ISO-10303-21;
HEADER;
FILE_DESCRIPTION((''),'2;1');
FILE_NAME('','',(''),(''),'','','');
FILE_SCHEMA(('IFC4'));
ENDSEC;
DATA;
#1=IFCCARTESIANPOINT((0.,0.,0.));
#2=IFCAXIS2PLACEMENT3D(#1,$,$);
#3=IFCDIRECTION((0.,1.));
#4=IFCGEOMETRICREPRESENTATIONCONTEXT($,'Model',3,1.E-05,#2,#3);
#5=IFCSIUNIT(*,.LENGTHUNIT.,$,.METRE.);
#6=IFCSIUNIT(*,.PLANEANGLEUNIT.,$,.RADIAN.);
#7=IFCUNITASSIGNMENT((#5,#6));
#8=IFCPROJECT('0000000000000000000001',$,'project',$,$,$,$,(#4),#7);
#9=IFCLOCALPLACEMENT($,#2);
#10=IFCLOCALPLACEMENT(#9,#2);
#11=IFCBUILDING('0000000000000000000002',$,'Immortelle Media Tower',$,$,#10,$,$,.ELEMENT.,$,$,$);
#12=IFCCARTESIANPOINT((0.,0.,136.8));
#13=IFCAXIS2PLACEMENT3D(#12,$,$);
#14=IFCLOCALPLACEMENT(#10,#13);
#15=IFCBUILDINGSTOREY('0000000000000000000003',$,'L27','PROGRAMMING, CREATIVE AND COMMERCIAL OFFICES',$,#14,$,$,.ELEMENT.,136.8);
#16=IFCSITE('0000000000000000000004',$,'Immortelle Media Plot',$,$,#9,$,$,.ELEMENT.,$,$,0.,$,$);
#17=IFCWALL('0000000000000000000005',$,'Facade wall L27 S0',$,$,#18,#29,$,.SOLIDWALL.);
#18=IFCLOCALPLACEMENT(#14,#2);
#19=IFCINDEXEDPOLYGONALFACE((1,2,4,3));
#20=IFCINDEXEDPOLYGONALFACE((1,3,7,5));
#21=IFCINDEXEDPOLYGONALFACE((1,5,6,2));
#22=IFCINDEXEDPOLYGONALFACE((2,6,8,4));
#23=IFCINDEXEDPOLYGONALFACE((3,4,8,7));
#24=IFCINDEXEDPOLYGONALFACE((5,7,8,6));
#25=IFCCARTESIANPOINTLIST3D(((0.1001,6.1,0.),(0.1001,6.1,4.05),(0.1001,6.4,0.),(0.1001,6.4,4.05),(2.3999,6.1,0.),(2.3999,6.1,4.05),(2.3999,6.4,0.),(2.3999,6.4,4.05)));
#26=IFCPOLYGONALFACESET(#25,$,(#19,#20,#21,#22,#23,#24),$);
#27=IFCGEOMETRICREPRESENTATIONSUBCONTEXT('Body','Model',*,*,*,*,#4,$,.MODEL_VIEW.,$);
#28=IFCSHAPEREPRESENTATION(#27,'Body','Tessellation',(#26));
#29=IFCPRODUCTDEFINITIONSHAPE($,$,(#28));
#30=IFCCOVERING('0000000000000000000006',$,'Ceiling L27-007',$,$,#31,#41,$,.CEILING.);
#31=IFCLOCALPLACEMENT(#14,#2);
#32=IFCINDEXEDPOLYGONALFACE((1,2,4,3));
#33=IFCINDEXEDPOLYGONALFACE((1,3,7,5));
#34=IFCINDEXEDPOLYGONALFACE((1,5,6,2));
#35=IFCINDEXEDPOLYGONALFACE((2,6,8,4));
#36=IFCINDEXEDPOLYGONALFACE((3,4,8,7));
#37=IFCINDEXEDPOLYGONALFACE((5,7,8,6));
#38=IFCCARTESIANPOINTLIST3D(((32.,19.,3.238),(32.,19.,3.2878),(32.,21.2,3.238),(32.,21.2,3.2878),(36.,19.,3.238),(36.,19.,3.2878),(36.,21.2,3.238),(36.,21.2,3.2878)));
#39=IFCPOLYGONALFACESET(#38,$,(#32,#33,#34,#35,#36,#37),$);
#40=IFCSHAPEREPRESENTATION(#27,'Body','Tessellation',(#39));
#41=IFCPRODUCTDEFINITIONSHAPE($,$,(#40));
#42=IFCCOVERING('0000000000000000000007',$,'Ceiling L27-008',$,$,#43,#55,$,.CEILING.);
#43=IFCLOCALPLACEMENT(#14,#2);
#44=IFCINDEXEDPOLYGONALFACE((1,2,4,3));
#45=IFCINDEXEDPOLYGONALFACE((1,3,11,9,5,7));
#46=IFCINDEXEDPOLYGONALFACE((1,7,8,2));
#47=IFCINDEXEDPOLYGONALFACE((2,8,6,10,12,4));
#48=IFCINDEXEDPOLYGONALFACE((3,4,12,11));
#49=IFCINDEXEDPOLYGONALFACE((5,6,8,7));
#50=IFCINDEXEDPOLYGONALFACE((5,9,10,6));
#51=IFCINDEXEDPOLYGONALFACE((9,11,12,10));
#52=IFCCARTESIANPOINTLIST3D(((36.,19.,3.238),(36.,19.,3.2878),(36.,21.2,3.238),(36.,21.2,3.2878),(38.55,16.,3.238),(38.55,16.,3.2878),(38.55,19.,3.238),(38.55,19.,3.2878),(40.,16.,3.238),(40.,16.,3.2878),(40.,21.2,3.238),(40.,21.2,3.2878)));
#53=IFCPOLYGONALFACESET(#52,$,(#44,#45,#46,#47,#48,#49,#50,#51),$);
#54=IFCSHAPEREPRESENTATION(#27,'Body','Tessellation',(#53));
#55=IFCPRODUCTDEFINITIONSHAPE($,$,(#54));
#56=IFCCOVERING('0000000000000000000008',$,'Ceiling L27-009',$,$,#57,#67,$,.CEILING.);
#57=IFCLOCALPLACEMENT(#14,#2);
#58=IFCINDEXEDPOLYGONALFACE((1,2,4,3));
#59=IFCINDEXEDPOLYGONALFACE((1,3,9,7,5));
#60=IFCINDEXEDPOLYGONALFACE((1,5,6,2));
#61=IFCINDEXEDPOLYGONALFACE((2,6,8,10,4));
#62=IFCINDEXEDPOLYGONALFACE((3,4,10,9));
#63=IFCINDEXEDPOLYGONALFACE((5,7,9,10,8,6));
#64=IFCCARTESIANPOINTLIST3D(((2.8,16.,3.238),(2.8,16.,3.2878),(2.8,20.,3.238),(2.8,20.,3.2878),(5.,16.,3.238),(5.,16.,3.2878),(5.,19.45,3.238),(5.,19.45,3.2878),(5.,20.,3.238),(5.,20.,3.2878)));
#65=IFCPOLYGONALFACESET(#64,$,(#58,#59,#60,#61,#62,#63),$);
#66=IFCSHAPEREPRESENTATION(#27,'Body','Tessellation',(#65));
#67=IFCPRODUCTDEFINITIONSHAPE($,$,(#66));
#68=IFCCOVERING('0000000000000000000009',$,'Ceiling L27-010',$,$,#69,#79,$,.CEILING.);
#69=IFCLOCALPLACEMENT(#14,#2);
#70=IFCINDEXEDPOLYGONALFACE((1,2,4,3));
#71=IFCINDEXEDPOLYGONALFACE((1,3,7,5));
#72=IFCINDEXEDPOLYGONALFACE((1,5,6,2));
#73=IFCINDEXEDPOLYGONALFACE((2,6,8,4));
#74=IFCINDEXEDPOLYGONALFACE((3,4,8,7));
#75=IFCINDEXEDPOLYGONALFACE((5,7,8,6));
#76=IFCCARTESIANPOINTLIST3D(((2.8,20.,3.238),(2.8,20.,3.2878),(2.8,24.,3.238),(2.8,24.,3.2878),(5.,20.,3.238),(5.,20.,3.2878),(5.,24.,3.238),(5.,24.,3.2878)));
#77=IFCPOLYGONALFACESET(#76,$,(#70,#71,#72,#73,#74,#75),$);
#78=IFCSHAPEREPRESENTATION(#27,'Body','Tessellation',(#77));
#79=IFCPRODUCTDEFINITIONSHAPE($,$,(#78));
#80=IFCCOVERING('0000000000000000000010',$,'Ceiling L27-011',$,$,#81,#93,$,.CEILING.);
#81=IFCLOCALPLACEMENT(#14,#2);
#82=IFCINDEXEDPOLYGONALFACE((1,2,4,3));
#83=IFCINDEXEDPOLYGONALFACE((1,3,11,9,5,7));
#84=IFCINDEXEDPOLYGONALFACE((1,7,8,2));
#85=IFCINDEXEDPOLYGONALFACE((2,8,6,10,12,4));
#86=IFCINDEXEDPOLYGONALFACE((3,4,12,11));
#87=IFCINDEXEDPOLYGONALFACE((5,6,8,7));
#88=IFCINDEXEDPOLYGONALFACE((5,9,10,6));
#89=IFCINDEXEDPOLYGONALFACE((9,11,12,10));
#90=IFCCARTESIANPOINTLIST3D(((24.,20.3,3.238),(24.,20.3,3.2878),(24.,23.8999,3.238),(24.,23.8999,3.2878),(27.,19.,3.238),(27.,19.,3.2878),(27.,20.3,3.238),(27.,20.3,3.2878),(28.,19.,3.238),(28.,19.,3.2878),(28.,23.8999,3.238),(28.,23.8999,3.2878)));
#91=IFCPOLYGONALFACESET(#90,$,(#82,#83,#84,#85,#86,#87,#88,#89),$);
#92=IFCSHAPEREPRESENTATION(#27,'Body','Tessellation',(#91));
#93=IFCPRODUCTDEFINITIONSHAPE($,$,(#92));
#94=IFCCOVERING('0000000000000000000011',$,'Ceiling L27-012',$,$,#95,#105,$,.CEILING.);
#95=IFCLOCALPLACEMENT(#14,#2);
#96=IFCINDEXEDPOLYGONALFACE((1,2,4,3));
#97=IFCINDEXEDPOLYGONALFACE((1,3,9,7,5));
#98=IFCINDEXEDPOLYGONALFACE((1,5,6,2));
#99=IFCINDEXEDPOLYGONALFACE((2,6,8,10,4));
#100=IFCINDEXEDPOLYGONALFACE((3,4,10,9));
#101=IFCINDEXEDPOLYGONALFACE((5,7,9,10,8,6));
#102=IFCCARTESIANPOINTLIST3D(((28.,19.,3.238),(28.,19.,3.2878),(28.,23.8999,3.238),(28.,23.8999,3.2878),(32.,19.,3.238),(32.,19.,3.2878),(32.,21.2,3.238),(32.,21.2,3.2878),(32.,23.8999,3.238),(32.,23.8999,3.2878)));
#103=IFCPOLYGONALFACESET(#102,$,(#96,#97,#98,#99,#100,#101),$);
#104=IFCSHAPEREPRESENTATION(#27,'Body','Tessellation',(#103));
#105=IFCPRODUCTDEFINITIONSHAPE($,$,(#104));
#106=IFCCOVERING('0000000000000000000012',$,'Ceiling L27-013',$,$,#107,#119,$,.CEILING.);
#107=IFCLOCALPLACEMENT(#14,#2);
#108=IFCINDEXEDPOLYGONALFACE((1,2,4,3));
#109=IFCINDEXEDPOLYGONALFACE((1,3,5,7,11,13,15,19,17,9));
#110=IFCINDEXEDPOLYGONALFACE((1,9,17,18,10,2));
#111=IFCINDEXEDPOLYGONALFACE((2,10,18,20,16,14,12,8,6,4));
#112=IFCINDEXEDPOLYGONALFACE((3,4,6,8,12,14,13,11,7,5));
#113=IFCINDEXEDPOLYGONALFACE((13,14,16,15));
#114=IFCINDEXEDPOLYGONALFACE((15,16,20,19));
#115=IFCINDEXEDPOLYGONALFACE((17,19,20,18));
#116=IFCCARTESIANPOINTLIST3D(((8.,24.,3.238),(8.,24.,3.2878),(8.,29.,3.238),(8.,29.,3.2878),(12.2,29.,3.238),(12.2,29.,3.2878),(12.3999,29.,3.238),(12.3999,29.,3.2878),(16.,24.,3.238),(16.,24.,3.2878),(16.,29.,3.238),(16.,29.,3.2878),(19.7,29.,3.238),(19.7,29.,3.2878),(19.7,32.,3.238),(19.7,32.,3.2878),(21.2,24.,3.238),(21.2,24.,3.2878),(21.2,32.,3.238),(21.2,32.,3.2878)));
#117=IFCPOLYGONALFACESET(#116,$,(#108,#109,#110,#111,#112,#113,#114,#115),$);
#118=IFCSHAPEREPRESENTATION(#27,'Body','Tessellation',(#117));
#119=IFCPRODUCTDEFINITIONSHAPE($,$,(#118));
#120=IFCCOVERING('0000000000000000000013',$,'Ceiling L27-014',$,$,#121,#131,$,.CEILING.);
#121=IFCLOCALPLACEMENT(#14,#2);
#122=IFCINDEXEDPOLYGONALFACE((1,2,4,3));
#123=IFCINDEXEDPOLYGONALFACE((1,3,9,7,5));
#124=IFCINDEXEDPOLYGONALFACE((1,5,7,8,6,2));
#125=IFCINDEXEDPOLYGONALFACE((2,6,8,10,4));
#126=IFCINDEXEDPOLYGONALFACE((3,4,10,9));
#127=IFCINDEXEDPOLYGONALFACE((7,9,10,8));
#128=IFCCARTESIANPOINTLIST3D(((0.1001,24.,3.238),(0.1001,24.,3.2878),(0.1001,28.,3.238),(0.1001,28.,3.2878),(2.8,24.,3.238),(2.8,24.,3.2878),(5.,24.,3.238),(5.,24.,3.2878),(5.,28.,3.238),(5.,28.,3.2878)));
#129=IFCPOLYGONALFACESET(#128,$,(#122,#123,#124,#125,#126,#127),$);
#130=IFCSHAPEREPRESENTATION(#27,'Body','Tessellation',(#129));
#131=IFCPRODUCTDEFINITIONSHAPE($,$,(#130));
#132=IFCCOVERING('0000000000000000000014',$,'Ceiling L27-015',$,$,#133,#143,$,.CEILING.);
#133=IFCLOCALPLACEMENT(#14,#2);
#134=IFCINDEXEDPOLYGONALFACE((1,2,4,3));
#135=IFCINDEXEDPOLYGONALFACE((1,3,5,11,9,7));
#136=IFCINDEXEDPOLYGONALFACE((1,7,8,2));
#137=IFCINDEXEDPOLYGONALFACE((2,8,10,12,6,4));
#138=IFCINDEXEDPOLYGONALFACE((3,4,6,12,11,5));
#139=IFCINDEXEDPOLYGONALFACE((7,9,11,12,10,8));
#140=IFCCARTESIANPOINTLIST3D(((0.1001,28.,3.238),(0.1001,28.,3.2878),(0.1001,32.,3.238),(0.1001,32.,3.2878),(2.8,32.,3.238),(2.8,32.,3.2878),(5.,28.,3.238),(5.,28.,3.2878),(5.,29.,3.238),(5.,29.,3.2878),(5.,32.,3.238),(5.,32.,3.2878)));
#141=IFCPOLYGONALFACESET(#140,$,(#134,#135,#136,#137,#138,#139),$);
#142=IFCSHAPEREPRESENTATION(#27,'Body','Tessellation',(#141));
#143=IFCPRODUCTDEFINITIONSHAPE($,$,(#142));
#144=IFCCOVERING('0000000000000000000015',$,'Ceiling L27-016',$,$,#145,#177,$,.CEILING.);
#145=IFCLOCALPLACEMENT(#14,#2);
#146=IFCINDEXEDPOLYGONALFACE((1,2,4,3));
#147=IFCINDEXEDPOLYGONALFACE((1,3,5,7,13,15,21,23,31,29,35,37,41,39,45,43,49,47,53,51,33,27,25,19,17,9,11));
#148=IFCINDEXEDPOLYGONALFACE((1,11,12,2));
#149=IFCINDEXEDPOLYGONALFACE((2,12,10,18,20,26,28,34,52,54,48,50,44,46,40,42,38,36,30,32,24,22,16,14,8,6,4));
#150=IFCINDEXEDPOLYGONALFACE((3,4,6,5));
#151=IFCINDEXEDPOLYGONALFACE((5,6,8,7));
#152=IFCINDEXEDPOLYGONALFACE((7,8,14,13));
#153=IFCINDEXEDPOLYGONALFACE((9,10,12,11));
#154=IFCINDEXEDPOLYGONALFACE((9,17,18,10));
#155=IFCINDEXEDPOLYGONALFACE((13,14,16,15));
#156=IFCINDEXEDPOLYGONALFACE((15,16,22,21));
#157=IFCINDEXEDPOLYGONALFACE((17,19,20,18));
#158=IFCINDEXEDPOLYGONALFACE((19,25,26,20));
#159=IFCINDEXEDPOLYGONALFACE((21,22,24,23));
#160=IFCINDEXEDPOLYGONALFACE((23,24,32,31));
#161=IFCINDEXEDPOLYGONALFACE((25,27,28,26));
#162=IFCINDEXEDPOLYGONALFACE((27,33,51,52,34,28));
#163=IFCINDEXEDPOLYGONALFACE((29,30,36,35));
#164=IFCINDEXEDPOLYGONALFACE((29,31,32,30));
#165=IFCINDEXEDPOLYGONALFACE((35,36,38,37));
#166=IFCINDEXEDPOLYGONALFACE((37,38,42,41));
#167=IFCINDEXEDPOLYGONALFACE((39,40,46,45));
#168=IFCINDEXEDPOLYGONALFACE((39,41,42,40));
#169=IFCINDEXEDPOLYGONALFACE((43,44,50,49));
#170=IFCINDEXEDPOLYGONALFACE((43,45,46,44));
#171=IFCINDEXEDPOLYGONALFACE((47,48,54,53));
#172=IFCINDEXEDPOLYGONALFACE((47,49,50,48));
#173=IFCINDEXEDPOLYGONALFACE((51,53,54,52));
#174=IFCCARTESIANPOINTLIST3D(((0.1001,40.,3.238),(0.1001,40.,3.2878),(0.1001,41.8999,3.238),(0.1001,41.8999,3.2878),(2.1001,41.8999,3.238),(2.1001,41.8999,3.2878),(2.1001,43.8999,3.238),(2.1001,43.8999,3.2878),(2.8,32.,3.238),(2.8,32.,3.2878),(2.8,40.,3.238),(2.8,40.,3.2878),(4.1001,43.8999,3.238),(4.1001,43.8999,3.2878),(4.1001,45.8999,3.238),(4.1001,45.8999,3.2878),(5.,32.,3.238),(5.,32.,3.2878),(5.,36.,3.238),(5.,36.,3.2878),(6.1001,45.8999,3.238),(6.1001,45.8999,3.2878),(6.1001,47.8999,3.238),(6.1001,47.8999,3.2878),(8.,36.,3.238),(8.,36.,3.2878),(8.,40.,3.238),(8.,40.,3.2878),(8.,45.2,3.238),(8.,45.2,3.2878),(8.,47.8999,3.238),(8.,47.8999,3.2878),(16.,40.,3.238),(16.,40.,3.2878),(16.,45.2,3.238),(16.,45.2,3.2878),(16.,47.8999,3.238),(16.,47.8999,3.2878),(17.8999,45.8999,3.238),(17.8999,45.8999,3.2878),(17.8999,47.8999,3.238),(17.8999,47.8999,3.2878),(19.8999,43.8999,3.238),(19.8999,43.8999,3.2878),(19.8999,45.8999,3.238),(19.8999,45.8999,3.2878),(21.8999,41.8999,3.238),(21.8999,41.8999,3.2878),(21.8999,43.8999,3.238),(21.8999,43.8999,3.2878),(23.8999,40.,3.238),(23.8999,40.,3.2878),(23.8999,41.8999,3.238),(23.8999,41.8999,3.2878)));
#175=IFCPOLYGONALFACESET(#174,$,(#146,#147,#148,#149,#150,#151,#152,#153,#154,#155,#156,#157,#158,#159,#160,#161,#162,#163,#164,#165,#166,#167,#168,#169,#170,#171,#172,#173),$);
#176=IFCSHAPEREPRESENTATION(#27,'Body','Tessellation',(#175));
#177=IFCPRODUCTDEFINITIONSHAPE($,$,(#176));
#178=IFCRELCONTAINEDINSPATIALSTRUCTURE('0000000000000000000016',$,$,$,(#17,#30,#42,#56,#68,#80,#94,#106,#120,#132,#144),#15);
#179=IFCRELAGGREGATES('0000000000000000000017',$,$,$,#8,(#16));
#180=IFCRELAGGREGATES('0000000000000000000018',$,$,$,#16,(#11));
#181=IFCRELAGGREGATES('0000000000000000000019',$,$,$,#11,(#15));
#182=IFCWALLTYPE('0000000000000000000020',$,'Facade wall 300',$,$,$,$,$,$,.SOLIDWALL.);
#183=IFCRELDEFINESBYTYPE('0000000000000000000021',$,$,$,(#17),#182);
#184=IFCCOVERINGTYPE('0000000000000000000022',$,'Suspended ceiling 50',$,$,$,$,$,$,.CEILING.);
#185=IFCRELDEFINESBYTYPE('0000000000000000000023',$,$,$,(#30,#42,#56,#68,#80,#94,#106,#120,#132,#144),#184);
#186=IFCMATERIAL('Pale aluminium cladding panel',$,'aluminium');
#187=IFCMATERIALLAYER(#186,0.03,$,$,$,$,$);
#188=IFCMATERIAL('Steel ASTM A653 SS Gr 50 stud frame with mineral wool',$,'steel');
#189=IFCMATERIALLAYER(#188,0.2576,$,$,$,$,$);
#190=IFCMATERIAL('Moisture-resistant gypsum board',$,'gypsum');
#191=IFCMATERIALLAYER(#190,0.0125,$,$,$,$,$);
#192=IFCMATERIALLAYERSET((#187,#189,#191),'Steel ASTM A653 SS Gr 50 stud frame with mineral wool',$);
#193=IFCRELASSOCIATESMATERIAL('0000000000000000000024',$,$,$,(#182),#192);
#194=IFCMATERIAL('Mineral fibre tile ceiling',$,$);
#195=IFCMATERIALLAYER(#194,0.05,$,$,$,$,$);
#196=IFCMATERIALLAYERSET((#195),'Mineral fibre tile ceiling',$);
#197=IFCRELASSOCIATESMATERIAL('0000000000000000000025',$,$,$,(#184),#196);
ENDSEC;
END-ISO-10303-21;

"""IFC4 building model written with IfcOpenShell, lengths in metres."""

from ifc_helpers import new_model, si_unit, direction, frame, frame_2d, origin, place, context, subcontext, project, spatial, polyline, rectangle, outline, extrude, material, layer, layer_set, type_object, element, save


model = new_model("IFC4")

# Units and contexts
model_context = context("Model", 3, precision=1e-05, world=origin(), true_north=direction((0.0, 1.0)))
body_context = subcontext(model_context, "Body", "Model", "MODEL_VIEW")
ifc_project = project(units=[si_unit("LENGTHUNIT", "METRE"), si_unit("PLANEANGLEUNIT", "RADIAN")], contexts=[model_context])

# Site, building, storey
site_placement = place(None, origin())
site = spatial("IfcSite", under=ifc_project, at=site_placement, Name="Immortelle Media Plot", CompositionType="ELEMENT", RefElevation=0.0)
building_placement = place(site_placement, origin())
building = spatial("IfcBuilding", under=site, at=building_placement, Name="Immortelle Media Tower", CompositionType="ELEMENT")
storey_placement = place(building_placement, frame((0.0, 0.0, 136.8)))
storey = spatial("IfcBuildingStorey", under=building, at=storey_placement, Name="L27", Description="PROGRAMMING, CREATIVE AND COMMERCIAL OFFICES", CompositionType="ELEMENT", Elevation=136.8)

# Wall
ifc_material_1 = material(Name="Pale aluminium cladding panel", Category="aluminium")
ifc_layer_1 = layer(ifc_material_1, 0.03)
ifc_material_2 = material(Name="Steel ASTM A653 SS Gr 50 stud frame with mineral wool", Category="steel")
ifc_layer_2 = layer(ifc_material_2, 0.2576)
ifc_material_3 = material(Name="Moisture-resistant gypsum board", Category="gypsum")
ifc_layer_3 = layer(ifc_material_3, 0.0125)
ifc_layer_set_1 = layer_set([ifc_layer_1, ifc_layer_2, ifc_layer_3], Name="Steel ASTM A653 SS Gr 50 stud frame with mineral wool")
wall_type = type_object("IfcWallType", Name="Facade wall 300", PredefinedType="SOLIDWALL", material=ifc_layer_set_1)
wall_placement = place(storey_placement, frame((0.1001, 6.25, 0.0), z_axis=(0.0, 0.0, 1.0), x_axis=(1.0, 0.0, 0.0)))
element("IfcWall", 1, at=wall_placement, inside=storey, type_object=wall_type, Name="Facade wall L27 S0", PredefinedType="SOLIDWALL", context=body_context, shape_type="SweptSolid", body=[
    extrude(rectangle(XDim=2.2998, YDim=0.3, at=frame_2d((1.1499, 0.0))), origin(), (0.0, 0.0, 1.0), 4.05),
])

# Coverings
ifc_material_4 = material(Name="Mineral fibre tile ceiling")
ifc_layer_4 = layer(ifc_material_4, 0.05)
ifc_layer_set_2 = layer_set([ifc_layer_4], Name="Mineral fibre tile ceiling")
covering_type = type_object("IfcCoveringType", Name="Suspended ceiling 50", PredefinedType="CEILING", material=ifc_layer_set_2)
covering_1_placement = place(storey_placement, frame((0.0, 0.0, 3.238)))
element("IfcCovering", 2, at=covering_1_placement, inside=storey, type_object=covering_type, Name="Ceiling L27-007", PredefinedType="CEILING", context=body_context, shape_type="SweptSolid", body=[
    extrude(outline(polyline([(32.0, 19.0), (32.0, 21.2), (36.0, 21.2), (36.0, 19.0), (32.0, 19.0)])), origin(), (0.0, 0.0, 1.0), 0.0498),
])
covering_2_placement = place(storey_placement, frame((0.0, 0.0, 3.238)))
element("IfcCovering", 3, at=covering_2_placement, inside=storey, type_object=covering_type, Name="Ceiling L27-008", PredefinedType="CEILING", context=body_context, shape_type="SweptSolid", body=[
    extrude(outline(polyline([(38.55, 19.0), (36.0, 19.0), (36.0, 21.2), (40.0, 21.2), (40.0, 16.0), (38.55, 16.0), (38.55, 19.0)])), origin(), (0.0, 0.0, 1.0), 0.0498),
])
covering_3_placement = place(storey_placement, frame((0.0, 0.0, 3.238)))
element("IfcCovering", 4, at=covering_3_placement, inside=storey, type_object=covering_type, Name="Ceiling L27-009", PredefinedType="CEILING", context=body_context, shape_type="SweptSolid", body=[
    extrude(outline(polyline([(5.0, 16.0), (2.8, 16.0), (2.8, 20.0), (5.0, 20.0), (5.0, 19.45), (5.0, 16.0)])), origin(), (0.0, 0.0, 1.0), 0.0498),
])
covering_4_placement = place(storey_placement, frame((0.0, 0.0, 3.238)))
element("IfcCovering", 5, at=covering_4_placement, inside=storey, type_object=covering_type, Name="Ceiling L27-010", PredefinedType="CEILING", context=body_context, shape_type="SweptSolid", body=[
    extrude(outline(polyline([(2.8, 24.0), (5.0, 24.0), (5.0, 20.0), (2.8, 20.0), (2.8, 24.0)])), origin(), (0.0, 0.0, 1.0), 0.0498),
])
covering_5_placement = place(storey_placement, frame((0.0, 0.0, 3.238)))
element("IfcCovering", 6, at=covering_5_placement, inside=storey, type_object=covering_type, Name="Ceiling L27-011", PredefinedType="CEILING", context=body_context, shape_type="SweptSolid", body=[
    extrude(outline(polyline([(27.0, 20.3), (24.0, 20.3), (24.0, 23.8999), (28.0, 23.8999), (28.0, 19.0), (27.0, 19.0), (27.0, 20.3)])), origin(), (0.0, 0.0, 1.0), 0.0498),
])
covering_6_placement = place(storey_placement, frame((0.0, 0.0, 3.238)))
element("IfcCovering", 7, at=covering_6_placement, inside=storey, type_object=covering_type, Name="Ceiling L27-012", PredefinedType="CEILING", context=body_context, shape_type="SweptSolid", body=[
    extrude(outline(polyline([(32.0, 23.8999), (32.0, 21.2), (32.0, 19.0), (28.0, 19.0), (28.0, 23.8999), (32.0, 23.8999)])), origin(), (0.0, 0.0, 1.0), 0.0498),
])
covering_7_placement = place(storey_placement, frame((0.0, 0.0, 3.238)))
element("IfcCovering", 8, at=covering_7_placement, inside=storey, type_object=covering_type, Name="Ceiling L27-013", PredefinedType="CEILING", context=body_context, shape_type="SweptSolid", body=[
    extrude(outline(polyline([(8.0, 29.0), (12.2, 29.0), (12.3999, 29.0), (16.0, 29.0), (19.7, 29.0), (19.7, 32.0), (21.2, 32.0), (21.2, 24.0), (16.0, 24.0), (8.0, 24.0), (8.0, 29.0)])), origin(), (0.0, 0.0, 1.0), 0.0498),
])
covering_8_placement = place(storey_placement, frame((0.0, 0.0, 3.238)))
element("IfcCovering", 9, at=covering_8_placement, inside=storey, type_object=covering_type, Name="Ceiling L27-014", PredefinedType="CEILING", context=body_context, shape_type="SweptSolid", body=[
    extrude(outline(polyline([(5.0, 24.0), (2.8, 24.0), (0.1001, 24.0), (0.1001, 28.0), (5.0, 28.0), (5.0, 24.0)])), origin(), (0.0, 0.0, 1.0), 0.0498),
])
covering_9_placement = place(storey_placement, frame((0.0, 0.0, 3.238)))
element("IfcCovering", 10, at=covering_9_placement, inside=storey, type_object=covering_type, Name="Ceiling L27-015", PredefinedType="CEILING", context=body_context, shape_type="SweptSolid", body=[
    extrude(outline(polyline([(5.0, 28.0), (0.1001, 28.0), (0.1001, 32.0), (2.8, 32.0), (5.0, 32.0), (5.0, 29.0), (5.0, 28.0)])), origin(), (0.0, 0.0, 1.0), 0.0498),
])
covering_10_placement = place(storey_placement, frame((0.0, 0.0, 3.238)))
element("IfcCovering", 11, at=covering_10_placement, inside=storey, type_object=covering_type, Name="Ceiling L27-016", PredefinedType="CEILING", context=body_context, shape_type="SweptSolid", body=[
    extrude(outline(polyline([(2.8, 40.0), (0.1001, 40.0), (0.1001, 41.8999), (2.1001, 41.8999), (2.1001, 43.8999), (4.1001, 43.8999), (4.1001, 45.8999), (6.1001, 45.8999), (6.1001, 47.8999), (8.0, 47.8999), (8.0, 45.2), (16.0, 45.2), (16.0, 47.8999), (17.8999, 47.8999), (17.8999, 45.8999), (19.8999, 45.8999), (19.8999, 43.8999), (21.8999, 43.8999), (21.8999, 41.8999), (23.8999, 41.8999), (23.8999, 40.0), (16.0, 40.0), (8.0, 40.0), (8.0, 36.0), (5.0, 36.0), (5.0, 32.0), (2.8, 32.0), (2.8, 40.0)])), origin(), (0.0, 0.0, 1.0), 0.0498),
])

save(model, "model.ifc")
